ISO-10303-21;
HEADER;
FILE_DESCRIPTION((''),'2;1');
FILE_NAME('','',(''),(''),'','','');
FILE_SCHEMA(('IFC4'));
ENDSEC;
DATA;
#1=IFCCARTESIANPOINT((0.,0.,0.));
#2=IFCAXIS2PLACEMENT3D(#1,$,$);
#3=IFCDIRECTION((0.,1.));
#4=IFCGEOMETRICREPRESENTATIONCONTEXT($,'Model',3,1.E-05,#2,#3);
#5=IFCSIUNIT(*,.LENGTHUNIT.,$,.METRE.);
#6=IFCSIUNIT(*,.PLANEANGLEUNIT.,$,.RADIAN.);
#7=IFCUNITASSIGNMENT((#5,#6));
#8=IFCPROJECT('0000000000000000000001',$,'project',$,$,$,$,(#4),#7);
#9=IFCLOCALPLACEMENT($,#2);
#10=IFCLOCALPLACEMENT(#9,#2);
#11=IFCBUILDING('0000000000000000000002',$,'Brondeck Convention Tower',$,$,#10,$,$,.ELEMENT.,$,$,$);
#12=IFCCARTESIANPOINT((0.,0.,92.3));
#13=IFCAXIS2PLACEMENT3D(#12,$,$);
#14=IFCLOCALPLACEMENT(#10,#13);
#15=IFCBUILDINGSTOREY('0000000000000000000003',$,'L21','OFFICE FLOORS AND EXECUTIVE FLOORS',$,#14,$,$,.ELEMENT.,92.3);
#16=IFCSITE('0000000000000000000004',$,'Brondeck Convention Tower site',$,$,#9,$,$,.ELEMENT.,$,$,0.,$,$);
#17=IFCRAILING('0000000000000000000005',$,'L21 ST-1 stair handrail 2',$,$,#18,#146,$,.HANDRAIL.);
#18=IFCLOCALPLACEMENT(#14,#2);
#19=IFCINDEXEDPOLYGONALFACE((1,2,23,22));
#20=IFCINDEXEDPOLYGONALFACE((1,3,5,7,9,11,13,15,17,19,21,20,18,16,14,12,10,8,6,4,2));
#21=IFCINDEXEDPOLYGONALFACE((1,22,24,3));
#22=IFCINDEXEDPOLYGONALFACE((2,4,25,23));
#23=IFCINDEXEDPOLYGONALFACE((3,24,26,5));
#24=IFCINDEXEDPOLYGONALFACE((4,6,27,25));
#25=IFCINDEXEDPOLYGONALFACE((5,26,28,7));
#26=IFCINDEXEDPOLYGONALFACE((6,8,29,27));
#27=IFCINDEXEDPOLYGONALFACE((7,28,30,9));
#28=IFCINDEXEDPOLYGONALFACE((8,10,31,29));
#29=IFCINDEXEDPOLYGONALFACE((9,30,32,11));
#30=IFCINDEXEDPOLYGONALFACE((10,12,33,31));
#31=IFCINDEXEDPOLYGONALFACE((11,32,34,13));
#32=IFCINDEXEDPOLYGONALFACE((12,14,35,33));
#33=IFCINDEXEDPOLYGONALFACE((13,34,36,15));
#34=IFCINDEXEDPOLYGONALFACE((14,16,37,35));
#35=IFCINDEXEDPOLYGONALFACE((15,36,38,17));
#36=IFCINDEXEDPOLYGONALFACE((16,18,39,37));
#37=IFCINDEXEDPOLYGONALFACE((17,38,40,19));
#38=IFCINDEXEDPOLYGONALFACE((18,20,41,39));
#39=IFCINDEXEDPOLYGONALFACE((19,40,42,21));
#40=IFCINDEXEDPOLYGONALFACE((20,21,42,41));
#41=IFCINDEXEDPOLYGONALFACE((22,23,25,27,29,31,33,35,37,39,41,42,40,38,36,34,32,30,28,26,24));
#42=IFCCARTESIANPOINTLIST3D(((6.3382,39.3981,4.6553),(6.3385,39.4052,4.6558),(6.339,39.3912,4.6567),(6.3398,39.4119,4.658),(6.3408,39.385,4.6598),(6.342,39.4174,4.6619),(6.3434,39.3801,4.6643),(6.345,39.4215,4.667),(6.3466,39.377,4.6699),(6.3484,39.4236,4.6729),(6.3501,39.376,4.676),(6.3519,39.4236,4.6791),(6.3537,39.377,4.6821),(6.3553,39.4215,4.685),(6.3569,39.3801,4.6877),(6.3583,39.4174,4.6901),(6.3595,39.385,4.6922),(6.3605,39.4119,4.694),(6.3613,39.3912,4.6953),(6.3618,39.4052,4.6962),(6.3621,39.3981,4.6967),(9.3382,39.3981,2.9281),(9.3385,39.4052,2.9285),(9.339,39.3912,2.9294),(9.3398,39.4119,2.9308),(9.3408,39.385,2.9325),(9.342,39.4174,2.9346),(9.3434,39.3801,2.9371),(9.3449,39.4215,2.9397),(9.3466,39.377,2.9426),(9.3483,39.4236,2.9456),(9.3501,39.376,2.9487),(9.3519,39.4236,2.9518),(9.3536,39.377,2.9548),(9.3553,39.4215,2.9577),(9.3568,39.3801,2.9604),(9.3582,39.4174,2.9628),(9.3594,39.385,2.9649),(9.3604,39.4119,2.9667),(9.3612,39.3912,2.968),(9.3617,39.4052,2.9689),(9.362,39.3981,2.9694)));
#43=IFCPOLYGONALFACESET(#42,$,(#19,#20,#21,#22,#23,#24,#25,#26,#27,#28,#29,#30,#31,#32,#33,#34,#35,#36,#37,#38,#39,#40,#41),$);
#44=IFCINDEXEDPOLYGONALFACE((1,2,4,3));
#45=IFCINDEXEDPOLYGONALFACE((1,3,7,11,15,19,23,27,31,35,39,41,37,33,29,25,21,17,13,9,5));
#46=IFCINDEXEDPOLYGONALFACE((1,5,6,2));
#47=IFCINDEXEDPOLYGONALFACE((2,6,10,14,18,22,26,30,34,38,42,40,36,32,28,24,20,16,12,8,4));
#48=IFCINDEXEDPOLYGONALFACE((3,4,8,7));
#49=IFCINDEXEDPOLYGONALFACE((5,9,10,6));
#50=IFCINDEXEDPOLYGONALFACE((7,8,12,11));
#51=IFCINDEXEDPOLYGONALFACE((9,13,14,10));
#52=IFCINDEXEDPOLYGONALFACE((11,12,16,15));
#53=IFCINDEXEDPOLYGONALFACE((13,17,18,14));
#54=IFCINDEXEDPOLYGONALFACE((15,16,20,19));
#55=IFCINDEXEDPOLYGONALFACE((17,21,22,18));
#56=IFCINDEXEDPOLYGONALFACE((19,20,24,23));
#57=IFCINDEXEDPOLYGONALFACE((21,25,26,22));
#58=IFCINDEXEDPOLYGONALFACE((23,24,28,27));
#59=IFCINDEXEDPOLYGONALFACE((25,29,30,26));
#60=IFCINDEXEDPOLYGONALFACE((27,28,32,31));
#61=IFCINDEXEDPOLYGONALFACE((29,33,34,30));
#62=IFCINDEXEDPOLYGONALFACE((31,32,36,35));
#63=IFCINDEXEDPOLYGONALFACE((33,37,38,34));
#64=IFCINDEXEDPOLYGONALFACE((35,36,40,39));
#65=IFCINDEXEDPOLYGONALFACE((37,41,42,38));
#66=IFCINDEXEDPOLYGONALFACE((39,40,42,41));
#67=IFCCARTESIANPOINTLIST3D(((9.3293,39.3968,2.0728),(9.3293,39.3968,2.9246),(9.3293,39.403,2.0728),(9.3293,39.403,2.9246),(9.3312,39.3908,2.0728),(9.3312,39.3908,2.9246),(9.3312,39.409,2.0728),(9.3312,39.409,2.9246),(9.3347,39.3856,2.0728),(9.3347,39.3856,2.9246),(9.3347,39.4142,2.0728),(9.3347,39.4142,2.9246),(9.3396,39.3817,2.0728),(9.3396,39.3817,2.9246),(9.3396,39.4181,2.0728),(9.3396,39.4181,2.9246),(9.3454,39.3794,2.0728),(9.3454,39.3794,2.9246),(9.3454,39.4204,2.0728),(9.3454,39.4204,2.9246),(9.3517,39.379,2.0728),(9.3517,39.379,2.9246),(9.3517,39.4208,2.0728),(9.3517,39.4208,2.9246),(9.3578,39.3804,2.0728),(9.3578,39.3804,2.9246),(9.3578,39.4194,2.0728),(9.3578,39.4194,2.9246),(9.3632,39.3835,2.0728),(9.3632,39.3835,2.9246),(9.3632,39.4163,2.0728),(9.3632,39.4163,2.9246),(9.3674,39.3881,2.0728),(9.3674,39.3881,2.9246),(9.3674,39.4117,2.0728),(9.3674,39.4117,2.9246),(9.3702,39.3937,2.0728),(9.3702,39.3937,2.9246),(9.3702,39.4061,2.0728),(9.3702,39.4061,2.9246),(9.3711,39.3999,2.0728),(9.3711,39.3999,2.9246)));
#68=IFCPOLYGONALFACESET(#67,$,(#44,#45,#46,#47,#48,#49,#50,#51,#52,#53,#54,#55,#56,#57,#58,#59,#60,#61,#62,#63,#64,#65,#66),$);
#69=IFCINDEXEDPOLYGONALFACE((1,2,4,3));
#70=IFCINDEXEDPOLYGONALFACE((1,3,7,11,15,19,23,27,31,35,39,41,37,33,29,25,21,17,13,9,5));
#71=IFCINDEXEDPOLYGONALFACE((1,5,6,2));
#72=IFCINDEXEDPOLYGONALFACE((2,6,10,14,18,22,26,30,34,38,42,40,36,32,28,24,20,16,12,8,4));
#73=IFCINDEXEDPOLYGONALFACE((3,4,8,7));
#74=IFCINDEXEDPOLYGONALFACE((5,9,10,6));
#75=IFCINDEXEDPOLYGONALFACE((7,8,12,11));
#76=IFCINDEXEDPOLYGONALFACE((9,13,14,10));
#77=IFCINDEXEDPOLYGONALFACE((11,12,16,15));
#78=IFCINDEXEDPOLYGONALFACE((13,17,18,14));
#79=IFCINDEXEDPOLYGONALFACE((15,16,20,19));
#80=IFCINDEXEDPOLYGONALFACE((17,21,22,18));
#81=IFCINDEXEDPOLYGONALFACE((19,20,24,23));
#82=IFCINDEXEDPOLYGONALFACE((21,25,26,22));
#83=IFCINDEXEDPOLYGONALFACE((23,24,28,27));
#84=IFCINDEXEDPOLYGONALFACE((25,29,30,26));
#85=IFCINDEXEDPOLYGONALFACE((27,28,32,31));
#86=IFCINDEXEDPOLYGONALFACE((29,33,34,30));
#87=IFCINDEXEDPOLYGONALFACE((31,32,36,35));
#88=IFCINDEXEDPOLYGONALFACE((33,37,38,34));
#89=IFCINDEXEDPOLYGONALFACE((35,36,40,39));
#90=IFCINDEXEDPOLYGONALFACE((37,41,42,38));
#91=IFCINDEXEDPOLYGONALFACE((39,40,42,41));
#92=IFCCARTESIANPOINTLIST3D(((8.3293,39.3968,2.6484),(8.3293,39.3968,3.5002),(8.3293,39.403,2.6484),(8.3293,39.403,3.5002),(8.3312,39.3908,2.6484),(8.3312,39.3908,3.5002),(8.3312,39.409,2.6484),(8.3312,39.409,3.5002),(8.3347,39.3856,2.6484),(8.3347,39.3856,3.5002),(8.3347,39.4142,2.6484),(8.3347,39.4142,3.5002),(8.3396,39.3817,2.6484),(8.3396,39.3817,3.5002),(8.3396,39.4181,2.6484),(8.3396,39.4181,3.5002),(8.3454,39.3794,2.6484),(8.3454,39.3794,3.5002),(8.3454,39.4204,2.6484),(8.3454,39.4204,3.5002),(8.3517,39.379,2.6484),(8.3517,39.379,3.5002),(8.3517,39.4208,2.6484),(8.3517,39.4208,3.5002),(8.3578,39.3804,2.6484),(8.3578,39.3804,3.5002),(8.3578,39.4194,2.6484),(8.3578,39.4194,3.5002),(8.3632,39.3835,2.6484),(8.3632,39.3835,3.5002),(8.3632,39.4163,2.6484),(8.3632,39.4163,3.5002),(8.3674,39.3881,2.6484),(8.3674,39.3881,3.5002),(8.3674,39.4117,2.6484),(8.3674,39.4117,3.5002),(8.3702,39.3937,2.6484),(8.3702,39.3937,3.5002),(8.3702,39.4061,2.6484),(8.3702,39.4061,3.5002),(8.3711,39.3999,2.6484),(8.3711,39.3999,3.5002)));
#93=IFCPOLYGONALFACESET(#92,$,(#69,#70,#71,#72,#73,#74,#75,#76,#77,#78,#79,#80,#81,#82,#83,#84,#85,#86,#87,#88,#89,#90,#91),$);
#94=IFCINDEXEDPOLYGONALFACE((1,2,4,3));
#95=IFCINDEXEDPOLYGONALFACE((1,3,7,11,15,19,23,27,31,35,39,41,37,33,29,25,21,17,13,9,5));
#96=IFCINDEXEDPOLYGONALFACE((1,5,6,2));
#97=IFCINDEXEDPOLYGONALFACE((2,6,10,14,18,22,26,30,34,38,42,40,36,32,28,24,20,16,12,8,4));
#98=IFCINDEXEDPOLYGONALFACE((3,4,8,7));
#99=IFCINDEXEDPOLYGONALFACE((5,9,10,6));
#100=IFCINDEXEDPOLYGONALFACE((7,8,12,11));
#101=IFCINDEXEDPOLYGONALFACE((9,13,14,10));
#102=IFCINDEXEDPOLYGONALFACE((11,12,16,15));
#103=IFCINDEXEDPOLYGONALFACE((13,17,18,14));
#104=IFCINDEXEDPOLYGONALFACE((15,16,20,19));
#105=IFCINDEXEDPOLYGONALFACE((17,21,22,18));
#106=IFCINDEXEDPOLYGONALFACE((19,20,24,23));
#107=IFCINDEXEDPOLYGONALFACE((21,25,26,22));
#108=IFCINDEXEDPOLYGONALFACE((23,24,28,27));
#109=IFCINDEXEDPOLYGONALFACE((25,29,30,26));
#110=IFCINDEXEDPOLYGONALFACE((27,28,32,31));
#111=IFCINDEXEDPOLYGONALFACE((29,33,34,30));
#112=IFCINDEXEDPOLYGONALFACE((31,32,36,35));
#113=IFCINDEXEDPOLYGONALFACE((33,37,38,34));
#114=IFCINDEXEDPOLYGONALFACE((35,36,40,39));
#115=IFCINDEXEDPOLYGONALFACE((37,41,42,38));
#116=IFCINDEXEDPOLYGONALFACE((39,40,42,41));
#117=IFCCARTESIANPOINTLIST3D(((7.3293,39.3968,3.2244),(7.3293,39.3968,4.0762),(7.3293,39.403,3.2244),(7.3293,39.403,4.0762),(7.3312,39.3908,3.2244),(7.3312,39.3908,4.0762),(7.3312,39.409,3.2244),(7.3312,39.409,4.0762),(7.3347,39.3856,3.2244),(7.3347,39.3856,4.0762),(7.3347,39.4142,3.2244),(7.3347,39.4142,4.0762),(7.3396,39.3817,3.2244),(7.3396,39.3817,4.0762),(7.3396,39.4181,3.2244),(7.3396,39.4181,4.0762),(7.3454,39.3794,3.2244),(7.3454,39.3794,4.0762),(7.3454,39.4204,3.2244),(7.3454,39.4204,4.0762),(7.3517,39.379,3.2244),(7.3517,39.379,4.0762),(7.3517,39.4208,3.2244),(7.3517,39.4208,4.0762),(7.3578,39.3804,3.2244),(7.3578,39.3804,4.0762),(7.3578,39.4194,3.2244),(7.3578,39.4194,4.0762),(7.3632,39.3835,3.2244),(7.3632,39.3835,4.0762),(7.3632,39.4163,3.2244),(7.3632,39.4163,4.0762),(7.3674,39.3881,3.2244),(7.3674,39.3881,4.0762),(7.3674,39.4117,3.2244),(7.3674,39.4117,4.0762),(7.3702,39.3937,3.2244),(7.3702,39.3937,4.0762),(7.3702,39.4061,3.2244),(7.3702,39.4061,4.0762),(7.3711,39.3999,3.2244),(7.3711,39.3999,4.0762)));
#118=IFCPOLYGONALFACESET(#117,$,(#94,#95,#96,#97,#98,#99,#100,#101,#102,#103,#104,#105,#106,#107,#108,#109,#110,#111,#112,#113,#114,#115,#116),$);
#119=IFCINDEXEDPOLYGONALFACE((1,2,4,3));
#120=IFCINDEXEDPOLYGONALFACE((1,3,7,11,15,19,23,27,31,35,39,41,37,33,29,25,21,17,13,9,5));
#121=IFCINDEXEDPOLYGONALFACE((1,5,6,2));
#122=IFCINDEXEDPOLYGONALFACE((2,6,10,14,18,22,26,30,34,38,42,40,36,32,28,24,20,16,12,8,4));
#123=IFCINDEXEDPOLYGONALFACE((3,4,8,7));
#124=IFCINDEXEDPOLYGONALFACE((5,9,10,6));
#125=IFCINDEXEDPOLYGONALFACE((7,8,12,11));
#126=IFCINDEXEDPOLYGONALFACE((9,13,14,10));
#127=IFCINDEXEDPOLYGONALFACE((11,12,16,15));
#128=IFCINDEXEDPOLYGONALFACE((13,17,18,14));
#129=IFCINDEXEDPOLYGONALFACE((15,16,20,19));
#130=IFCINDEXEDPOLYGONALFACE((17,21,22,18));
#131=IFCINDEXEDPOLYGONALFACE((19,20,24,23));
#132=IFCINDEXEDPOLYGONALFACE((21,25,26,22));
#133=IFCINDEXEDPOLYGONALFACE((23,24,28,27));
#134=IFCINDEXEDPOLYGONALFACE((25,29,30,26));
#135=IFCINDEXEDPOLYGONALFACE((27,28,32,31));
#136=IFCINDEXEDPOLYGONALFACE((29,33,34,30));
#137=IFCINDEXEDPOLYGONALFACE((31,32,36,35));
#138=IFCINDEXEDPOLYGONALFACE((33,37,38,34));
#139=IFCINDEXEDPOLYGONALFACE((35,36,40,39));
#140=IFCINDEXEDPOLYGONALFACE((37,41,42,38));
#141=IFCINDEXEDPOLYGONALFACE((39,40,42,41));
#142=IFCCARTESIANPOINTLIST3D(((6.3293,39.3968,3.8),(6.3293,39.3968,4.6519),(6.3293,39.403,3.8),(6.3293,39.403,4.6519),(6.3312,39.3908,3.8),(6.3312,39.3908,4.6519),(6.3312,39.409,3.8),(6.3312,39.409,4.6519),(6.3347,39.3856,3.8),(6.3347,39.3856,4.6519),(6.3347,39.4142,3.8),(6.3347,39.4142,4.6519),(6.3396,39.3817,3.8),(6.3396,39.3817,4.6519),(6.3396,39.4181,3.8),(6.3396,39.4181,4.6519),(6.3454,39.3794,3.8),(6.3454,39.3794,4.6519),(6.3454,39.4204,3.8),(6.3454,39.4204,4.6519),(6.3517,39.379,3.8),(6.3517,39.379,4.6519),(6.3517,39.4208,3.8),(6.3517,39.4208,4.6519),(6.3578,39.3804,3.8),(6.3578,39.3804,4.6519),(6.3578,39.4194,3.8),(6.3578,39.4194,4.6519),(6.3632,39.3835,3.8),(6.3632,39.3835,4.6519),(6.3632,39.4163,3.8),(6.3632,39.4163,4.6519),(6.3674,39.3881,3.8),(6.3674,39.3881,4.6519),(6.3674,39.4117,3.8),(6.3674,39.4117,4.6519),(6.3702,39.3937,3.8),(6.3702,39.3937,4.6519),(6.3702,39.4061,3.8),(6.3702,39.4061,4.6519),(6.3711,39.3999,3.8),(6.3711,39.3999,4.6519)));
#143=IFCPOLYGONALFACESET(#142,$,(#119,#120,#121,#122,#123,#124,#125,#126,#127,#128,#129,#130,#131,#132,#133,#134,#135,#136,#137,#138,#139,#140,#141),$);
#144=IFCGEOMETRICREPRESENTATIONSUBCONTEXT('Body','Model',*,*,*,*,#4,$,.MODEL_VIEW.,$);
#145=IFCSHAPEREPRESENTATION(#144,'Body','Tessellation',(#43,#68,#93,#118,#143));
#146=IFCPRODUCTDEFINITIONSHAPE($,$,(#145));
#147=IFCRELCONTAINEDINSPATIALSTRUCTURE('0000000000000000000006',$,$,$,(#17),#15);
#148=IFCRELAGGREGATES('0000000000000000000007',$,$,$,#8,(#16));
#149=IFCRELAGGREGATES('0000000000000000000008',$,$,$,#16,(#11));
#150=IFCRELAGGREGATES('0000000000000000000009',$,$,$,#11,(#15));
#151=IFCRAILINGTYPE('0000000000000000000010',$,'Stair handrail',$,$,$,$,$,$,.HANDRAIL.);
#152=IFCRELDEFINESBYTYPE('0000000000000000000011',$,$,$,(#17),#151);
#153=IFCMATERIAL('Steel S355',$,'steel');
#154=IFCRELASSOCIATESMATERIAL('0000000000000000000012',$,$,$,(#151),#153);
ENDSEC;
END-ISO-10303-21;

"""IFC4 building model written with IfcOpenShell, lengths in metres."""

from ifc_helpers import new_model, si_unit, direction, frame, origin, origin_2d, place, context, subcontext, project, spatial, circle, extrude, material, type_object, element, save


model = new_model("IFC4")

# Units and contexts
model_context = context("Model", 3, precision=1e-05, world=origin(), true_north=direction((0.0, 1.0)))
body_context = subcontext(model_context, "Body", "Model", "MODEL_VIEW")
ifc_project = project(units=[si_unit("LENGTHUNIT", "METRE"), si_unit("PLANEANGLEUNIT", "RADIAN")], contexts=[model_context])

# Site, building, storey
site_placement = place(None, origin())
site = spatial("IfcSite", under=ifc_project, at=site_placement, Name="Brondeck Convention Tower site", CompositionType="ELEMENT", RefElevation=0.0)
building_placement = place(site_placement, origin())
building = spatial("IfcBuilding", under=site, at=building_placement, Name="Brondeck Convention Tower", CompositionType="ELEMENT")
storey_placement = place(building_placement, frame((0.0, 0.0, 92.3)))
storey = spatial("IfcBuildingStorey", under=building, at=storey_placement, Name="L21", Description="OFFICE FLOORS AND EXECUTIVE FLOORS", CompositionType="ELEMENT", Elevation=92.3)

# Shared definitions
ifc_material_1 = material(Name="Steel S355", Category="steel")

# Railing
railing_type = type_object("IfcRailingType", Name="Stair handrail", PredefinedType="HANDRAIL", material=ifc_material_1)
railing_placement = place(storey_placement, frame((9.3501, 39.3999, 2.0728)))
element("IfcRailing", 1, at=railing_placement, inside=storey, type_object=railing_type, Name="L21 ST-1 stair handrail 2", PredefinedType="HANDRAIL", context=body_context, shape_type="SweptSolid", body=[
    extrude(circle(Radius=0.0239, at=origin_2d()), frame((0.0, 0.0, 0.876), z_axis=(-0.86662, 0.0, 0.498969), x_axis=(0.0, -1.0, 0.0)), (0.0, 0.0, 1.0), 3.4617),
    extrude(circle(Radius=0.021, at=origin_2d()), origin(), (0.0, 0.0, 1.0), 0.8518),
    extrude(circle(Radius=0.021, at=origin_2d()), frame((-1.0, 0.0, 0.5757)), (0.0, 0.0, 1.0), 0.8518),
    extrude(circle(Radius=0.021, at=origin_2d()), frame((-2.0, 0.0, 1.1516)), (0.0, 0.0, 1.0), 0.8518),
    extrude(circle(Radius=0.021, at=origin_2d()), frame((-3.0, 0.0, 1.7273)), (0.0, 0.0, 1.0), 0.8518),
])

save(model, "model.ifc")
